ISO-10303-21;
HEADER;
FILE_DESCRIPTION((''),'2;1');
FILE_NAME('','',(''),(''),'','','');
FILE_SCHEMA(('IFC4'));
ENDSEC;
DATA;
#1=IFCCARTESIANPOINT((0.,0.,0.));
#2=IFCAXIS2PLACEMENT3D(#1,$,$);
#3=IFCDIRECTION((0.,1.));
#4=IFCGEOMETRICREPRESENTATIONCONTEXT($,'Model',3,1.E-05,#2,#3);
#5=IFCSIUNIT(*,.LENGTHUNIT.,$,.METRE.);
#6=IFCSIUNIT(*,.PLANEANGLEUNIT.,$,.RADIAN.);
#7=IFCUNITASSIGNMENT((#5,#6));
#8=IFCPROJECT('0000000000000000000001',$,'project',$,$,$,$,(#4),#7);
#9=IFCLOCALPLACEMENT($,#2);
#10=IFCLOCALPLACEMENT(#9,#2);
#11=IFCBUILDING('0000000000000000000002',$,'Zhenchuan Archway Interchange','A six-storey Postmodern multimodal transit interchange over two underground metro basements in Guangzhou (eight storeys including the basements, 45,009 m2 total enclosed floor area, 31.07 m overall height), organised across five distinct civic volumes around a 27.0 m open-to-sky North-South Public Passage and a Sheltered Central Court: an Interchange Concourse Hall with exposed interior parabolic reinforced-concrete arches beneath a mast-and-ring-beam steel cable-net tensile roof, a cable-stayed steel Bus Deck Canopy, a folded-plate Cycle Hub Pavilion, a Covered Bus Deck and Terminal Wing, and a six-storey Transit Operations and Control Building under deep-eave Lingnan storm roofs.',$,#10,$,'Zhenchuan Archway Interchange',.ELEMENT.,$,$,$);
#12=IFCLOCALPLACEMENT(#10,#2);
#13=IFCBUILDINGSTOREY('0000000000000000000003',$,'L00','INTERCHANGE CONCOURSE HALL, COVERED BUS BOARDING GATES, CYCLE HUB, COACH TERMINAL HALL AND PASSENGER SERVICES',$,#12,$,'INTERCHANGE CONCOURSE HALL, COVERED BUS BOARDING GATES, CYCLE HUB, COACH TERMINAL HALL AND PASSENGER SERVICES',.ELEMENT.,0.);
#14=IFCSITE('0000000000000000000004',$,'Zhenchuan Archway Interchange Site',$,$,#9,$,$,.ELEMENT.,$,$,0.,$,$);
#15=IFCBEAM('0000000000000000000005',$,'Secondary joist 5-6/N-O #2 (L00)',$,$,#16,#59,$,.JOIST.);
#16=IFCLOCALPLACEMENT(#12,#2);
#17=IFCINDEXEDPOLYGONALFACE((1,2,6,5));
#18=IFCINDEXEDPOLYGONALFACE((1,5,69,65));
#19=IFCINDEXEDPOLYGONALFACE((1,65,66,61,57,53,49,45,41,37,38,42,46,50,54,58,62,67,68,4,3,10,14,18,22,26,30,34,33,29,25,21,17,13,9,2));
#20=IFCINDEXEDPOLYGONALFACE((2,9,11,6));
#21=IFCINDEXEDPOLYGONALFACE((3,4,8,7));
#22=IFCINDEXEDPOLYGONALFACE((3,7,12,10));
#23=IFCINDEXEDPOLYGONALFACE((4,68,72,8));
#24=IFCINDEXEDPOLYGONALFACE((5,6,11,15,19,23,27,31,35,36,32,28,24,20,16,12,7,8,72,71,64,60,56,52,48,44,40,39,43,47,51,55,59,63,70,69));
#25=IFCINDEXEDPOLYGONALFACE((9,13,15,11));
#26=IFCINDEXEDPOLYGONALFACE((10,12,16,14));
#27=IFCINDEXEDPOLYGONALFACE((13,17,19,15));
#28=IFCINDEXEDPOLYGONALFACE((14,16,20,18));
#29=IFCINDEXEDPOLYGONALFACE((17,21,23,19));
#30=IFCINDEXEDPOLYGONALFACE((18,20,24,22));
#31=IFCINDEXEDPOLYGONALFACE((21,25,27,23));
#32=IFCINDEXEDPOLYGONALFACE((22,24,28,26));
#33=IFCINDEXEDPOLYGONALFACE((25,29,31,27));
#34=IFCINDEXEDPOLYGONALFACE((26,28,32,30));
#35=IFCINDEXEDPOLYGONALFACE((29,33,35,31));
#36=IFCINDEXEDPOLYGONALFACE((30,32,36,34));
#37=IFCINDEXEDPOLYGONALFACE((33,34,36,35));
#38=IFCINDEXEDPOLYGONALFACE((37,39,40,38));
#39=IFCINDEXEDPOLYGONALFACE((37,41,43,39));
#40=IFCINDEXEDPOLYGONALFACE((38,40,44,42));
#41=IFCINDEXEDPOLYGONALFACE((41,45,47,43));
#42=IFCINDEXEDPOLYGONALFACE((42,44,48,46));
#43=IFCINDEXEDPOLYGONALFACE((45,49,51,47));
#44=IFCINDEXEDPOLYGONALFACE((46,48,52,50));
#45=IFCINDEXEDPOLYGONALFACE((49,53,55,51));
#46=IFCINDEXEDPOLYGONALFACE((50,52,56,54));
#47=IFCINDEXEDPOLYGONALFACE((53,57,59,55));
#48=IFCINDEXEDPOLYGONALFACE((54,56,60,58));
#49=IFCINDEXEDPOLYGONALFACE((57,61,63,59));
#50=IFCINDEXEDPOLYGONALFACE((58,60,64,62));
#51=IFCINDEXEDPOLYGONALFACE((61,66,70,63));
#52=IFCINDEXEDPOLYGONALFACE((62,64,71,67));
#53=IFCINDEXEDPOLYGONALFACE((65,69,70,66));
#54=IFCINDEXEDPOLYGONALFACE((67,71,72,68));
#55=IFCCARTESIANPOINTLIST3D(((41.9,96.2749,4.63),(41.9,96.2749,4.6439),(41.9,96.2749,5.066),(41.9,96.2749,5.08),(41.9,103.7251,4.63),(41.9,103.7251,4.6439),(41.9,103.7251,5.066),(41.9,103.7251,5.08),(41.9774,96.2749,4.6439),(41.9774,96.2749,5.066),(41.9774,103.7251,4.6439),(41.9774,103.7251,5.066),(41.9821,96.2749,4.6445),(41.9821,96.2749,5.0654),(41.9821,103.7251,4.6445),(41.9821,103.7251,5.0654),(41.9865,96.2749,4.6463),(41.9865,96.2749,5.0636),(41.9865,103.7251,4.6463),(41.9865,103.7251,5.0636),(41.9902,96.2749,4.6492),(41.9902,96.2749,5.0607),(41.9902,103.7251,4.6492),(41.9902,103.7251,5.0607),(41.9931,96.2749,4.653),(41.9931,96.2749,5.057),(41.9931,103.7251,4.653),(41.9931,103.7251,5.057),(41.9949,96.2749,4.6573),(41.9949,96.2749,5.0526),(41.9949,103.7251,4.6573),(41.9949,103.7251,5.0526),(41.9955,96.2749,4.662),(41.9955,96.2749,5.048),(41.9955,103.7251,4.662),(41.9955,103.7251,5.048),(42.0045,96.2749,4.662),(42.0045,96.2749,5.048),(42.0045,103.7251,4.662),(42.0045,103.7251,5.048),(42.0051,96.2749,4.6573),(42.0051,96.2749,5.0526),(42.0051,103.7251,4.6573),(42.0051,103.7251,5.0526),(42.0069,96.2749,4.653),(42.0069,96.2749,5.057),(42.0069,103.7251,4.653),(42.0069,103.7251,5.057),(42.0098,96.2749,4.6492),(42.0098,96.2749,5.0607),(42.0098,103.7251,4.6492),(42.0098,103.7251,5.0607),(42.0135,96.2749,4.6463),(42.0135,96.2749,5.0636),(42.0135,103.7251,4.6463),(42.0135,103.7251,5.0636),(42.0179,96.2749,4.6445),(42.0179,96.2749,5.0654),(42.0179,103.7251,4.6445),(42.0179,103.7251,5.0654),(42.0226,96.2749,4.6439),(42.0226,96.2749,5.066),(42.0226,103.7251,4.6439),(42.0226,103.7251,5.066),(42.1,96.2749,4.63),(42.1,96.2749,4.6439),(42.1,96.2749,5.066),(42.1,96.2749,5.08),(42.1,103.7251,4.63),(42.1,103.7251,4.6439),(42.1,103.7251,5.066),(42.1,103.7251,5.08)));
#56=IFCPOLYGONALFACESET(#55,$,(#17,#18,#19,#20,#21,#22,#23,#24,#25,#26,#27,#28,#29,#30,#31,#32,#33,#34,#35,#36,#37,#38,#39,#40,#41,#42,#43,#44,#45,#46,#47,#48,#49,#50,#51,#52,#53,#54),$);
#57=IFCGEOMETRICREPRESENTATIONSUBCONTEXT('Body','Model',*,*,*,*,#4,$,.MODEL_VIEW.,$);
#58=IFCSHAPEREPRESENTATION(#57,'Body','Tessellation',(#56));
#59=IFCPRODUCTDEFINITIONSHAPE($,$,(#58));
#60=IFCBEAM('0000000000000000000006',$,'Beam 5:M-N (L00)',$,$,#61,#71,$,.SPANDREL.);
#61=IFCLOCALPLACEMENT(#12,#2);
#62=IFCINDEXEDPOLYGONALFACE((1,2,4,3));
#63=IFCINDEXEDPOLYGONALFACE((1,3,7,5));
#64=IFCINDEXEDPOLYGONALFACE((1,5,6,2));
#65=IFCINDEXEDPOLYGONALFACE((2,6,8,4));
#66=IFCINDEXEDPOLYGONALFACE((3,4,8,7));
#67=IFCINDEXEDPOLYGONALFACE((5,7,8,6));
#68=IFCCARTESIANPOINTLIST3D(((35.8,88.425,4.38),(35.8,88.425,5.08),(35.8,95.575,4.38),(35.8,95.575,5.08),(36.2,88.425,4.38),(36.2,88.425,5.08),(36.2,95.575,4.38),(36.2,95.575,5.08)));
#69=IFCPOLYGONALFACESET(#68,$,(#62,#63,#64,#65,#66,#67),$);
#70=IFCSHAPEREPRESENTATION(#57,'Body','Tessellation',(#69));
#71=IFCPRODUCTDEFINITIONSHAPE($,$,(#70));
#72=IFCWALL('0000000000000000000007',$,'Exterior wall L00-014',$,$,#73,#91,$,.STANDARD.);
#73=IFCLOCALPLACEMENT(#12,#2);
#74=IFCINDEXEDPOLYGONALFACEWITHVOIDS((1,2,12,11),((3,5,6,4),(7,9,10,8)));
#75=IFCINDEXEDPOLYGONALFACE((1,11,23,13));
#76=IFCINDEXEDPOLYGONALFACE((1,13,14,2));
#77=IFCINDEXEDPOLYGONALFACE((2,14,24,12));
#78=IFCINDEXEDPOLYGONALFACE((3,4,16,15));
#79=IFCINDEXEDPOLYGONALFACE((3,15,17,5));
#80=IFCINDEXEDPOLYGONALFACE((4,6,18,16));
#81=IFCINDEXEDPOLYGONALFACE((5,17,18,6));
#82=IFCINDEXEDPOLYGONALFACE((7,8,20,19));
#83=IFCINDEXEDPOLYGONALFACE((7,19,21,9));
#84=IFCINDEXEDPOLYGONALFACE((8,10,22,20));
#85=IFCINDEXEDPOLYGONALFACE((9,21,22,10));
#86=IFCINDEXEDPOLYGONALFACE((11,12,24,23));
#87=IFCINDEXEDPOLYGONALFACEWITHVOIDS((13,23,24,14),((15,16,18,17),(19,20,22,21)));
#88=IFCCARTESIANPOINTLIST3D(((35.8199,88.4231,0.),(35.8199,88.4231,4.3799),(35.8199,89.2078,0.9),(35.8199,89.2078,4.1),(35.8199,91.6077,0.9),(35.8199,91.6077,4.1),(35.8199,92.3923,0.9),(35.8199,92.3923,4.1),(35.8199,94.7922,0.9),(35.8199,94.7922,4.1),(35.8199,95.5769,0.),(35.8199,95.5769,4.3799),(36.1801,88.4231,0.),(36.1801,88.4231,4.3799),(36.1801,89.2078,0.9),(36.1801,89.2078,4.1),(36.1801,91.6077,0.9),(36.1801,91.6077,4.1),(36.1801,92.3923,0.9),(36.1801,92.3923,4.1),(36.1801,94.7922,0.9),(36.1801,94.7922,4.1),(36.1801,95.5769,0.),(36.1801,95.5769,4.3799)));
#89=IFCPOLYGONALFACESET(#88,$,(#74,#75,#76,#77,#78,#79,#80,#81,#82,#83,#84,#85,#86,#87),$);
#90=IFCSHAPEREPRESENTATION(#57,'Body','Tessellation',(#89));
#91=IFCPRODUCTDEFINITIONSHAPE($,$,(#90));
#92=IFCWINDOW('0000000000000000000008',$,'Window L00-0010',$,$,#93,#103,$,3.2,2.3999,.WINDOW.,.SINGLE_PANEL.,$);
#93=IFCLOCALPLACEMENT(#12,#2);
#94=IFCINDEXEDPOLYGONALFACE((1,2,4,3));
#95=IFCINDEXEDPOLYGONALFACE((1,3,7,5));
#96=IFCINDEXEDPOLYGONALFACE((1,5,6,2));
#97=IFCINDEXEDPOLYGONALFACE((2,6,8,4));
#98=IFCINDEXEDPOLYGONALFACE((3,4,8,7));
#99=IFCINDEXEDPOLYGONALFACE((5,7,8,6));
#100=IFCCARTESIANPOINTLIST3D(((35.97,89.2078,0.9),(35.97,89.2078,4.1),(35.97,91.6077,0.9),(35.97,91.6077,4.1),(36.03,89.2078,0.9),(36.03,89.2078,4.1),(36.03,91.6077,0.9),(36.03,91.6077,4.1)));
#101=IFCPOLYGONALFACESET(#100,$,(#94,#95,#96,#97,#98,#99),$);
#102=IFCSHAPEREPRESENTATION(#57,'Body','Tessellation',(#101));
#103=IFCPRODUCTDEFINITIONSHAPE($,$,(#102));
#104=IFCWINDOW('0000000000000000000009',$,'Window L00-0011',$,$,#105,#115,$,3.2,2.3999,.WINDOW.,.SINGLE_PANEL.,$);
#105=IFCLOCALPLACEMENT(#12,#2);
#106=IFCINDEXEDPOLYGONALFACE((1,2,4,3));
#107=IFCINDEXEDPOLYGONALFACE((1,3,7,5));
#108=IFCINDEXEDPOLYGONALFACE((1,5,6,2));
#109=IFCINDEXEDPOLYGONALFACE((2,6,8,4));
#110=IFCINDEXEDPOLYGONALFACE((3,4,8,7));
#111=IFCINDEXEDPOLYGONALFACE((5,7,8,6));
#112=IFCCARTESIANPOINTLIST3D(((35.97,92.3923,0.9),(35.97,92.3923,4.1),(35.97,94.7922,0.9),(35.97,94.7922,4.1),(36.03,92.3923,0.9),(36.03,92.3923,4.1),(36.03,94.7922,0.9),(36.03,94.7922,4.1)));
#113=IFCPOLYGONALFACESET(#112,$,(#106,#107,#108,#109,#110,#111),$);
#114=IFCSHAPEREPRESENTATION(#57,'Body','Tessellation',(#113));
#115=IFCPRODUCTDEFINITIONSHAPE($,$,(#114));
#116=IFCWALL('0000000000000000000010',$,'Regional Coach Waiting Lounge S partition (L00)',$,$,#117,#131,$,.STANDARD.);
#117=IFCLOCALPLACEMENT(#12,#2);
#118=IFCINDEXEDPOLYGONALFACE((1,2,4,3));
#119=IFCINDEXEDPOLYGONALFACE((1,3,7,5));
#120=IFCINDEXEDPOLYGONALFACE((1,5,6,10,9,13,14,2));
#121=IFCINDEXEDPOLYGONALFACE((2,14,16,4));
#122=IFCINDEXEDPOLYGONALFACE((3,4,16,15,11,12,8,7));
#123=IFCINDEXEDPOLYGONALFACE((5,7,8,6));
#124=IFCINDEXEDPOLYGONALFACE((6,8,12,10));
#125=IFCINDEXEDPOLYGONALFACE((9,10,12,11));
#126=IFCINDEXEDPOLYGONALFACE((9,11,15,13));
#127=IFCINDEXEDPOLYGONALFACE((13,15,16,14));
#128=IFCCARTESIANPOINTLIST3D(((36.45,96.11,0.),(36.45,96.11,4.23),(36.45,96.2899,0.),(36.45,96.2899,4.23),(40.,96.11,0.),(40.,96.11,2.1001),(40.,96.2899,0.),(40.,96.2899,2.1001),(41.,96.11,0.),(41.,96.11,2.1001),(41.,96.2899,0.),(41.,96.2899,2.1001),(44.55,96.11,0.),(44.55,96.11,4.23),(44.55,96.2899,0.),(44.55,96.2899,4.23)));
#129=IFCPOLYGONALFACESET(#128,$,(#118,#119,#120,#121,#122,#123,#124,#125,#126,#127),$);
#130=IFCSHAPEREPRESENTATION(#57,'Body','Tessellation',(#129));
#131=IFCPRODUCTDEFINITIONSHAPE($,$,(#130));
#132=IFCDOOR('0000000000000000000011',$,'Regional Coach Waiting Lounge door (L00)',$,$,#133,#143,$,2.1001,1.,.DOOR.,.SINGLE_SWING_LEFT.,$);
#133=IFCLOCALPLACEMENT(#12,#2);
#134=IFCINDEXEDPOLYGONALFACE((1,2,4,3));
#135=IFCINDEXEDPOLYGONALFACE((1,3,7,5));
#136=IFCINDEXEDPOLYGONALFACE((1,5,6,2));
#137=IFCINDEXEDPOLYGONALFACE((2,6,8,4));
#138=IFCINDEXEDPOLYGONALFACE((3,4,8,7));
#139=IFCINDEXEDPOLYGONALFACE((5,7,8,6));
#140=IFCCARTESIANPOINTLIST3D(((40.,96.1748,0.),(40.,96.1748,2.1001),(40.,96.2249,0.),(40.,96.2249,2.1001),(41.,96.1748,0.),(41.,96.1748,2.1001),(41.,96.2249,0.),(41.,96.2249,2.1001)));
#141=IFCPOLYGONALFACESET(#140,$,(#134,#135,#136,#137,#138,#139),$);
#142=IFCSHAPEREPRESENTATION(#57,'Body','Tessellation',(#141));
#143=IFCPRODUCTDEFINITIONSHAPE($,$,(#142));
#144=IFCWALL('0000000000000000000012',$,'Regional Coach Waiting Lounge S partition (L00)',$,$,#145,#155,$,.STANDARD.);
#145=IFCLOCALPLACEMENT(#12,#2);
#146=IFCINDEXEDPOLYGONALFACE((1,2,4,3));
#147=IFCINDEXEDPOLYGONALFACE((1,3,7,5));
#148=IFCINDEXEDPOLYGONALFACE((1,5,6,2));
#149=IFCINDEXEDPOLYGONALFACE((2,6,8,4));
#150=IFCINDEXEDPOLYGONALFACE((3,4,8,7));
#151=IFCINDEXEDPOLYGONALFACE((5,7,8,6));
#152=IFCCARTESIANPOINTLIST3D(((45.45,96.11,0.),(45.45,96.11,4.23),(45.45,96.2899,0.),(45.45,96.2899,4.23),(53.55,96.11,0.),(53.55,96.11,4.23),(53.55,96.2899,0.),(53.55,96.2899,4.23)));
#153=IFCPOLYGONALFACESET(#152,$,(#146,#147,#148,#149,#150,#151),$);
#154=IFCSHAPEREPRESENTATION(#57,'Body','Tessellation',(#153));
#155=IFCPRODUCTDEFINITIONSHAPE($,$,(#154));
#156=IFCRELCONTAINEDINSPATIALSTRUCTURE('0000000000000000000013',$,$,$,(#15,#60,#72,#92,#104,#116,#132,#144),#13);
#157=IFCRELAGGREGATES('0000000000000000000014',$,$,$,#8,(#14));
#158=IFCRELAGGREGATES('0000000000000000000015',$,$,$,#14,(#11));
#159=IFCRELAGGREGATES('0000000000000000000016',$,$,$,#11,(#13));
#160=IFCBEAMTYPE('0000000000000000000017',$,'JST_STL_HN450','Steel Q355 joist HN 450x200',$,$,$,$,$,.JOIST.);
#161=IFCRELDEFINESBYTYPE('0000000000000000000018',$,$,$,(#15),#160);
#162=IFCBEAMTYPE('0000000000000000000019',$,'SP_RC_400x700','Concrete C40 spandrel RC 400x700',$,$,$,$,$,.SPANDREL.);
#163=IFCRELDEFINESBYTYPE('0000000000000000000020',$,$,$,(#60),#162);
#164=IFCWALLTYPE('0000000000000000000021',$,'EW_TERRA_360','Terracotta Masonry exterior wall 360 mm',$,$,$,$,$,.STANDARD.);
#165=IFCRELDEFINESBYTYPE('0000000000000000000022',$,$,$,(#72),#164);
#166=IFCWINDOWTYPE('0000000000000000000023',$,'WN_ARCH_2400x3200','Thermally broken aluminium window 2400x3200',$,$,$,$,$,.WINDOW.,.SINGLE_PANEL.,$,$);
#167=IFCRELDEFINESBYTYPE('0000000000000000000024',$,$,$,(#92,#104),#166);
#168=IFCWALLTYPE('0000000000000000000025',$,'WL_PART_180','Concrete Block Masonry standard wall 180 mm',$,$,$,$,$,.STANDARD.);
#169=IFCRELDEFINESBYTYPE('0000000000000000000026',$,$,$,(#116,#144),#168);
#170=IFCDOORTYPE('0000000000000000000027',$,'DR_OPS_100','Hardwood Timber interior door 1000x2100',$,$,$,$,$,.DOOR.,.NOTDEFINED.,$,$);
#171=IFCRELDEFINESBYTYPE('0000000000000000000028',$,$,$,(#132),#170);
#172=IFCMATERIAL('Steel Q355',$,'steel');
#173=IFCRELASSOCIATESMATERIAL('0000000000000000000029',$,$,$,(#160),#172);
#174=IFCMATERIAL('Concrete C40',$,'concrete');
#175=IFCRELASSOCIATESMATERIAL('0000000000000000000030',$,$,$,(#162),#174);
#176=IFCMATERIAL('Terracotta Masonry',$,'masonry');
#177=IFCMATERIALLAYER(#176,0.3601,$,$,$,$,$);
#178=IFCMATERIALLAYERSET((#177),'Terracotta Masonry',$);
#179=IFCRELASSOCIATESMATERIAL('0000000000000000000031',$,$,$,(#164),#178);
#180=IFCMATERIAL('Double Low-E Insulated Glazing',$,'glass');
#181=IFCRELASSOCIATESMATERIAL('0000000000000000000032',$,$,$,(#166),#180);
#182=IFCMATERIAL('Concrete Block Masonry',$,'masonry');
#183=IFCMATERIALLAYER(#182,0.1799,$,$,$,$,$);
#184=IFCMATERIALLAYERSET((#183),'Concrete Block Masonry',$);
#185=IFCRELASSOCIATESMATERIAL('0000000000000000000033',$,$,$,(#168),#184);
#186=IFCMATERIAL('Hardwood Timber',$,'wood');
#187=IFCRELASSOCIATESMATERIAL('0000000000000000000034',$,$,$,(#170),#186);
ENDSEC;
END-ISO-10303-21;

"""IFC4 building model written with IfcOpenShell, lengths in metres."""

from ifc_helpers import new_model, si_unit, direction, frame, frame_2d, origin, origin_2d, place, context, subcontext, project, spatial, rectangle, i_section, extrude, material, layer, layer_set, material_profile, profile_set, type_object, element, fill, save


model = new_model("IFC4")

# Units and contexts
model_context = context("Model", 3, precision=1e-05, world=origin(), true_north=direction((0.0, 1.0)))
body_context = subcontext(model_context, "Body", "Model", "MODEL_VIEW")
ifc_project = project(units=[si_unit("LENGTHUNIT", "METRE"), si_unit("PLANEANGLEUNIT", "RADIAN")], contexts=[model_context])

# Site, building, storey
site_placement = place(None, origin())
site = spatial("IfcSite", under=ifc_project, at=site_placement, Name="Zhenchuan Archway Interchange Site", CompositionType="ELEMENT", RefElevation=0.0)
building_placement = place(site_placement, origin())
building = spatial("IfcBuilding", under=site, at=building_placement, Name="Zhenchuan Archway Interchange", Description="A six-storey Postmodern multimodal transit interchange over two underground metro basements in Guangzhou (eight storeys including the basements, 45,009 m2 total enclosed floor area, 31.07 m overall height), organised across five distinct civic volumes around a 27.0 m open-to-sky North-South Public Passage and a Sheltered Central Court: an Interchange Concourse Hall with exposed interior parabolic reinforced-concrete arches beneath a mast-and-ring-beam steel cable-net tensile roof, a cable-stayed steel Bus Deck Canopy, a folded-plate Cycle Hub Pavilion, a Covered Bus Deck and Terminal Wing, and a six-storey Transit Operations and Control Building under deep-eave Lingnan storm roofs.", LongName="Zhenchuan Archway Interchange", CompositionType="ELEMENT")
storey_placement = place(building_placement, origin())
storey = spatial("IfcBuildingStorey", under=building, at=storey_placement, Name="L00", Description="INTERCHANGE CONCOURSE HALL, COVERED BUS BOARDING GATES, CYCLE HUB, COACH TERMINAL HALL AND PASSENGER SERVICES", LongName="INTERCHANGE CONCOURSE HALL, COVERED BUS BOARDING GATES, CYCLE HUB, COACH TERMINAL HALL AND PASSENGER SERVICES", CompositionType="ELEMENT", Elevation=0.0)

# Shared definitions
ifc_material_1 = material(Name="Concrete C40", Category="concrete")

# Beams
ifc_material_2 = material(Name="Steel Q355", Category="steel")
ifc_material_profile_1 = material_profile(ifc_material_2, i_section(OverallWidth=0.2, OverallDepth=0.45, WebThickness=0.009, FlangeThickness=0.0139, FilletRadius=0.0181, at=origin_2d()), Name="HN 450x200")
ifc_profile_set_1 = profile_set([ifc_material_profile_1], Name="Steel Q355")
beam_type_1 = type_object("IfcBeamType", Name="JST_STL_HN450", Description="Steel Q355 joist HN 450x200", PredefinedType="JOIST", material=ifc_profile_set_1)
for number, where, z_axis, x_axis, name in (
    (1, (42.0, 96.2749, 4.855), (0.0, 1.0, 0.0), (-1.0, 0.0, 0.0), "Secondary joist 5-6/N-O #2 (L00)"),
):
    element("IfcBeam", number, at=place(storey_placement, frame(where, z_axis=z_axis, x_axis=x_axis)), inside=storey, type_object=beam_type_1, Name=name, PredefinedType="JOIST", context=body_context, shape_type="SweptSolid", body=[
        extrude(i_section(OverallWidth=0.2, OverallDepth=0.45, WebThickness=0.009, FlangeThickness=0.0139, FilletRadius=0.0181, at=origin_2d()), origin(), (0.0, 0.0, 1.0), 7.4502),
    ])
ifc_material_profile_2 = material_profile(ifc_material_1, rectangle(XDim=0.3999, YDim=0.7, at=origin_2d()), Name="RC 400x700")
ifc_profile_set_2 = profile_set([ifc_material_profile_2], Name="Concrete C40")
beam_type_2 = type_object("IfcBeamType", Name="SP_RC_400x700", Description="Concrete C40 spandrel RC 400x700", PredefinedType="SPANDREL", material=ifc_profile_set_2)
beam_placement = place(storey_placement, frame((36.0, 88.425, 4.73), z_axis=(0.0, 1.0, 0.0), x_axis=(-1.0, 0.0, 0.0)))
element("IfcBeam", 2, at=beam_placement, inside=storey, type_object=beam_type_2, Name="Beam 5:M-N (L00)", PredefinedType="SPANDREL", context=body_context, shape_type="SweptSolid", body=[
    extrude(rectangle(XDim=0.3999, YDim=0.7, at=origin_2d()), origin(), (0.0, 0.0, 1.0), 7.1499),
])

# Wall, openings, windows
ifc_material_3 = material(Name="Terracotta Masonry", Category="masonry")
ifc_layer_1 = layer(ifc_material_3, 0.3601)
ifc_layer_set_1 = layer_set([ifc_layer_1], Name="Terracotta Masonry")
wall_type_1 = type_object("IfcWallType", Name="EW_TERRA_360", Description="Terracotta Masonry exterior wall 360 mm", PredefinedType="STANDARD", material=ifc_layer_set_1)
wall_1_placement = place(storey_placement, frame((36.0, 88.4231, 0.0), z_axis=(0.0, 0.0, 1.0), x_axis=(0.0, 1.0, 0.0)))
wall_1 = element("IfcWall", 3, at=wall_1_placement, inside=storey, type_object=wall_type_1, Name="Exterior wall L00-014", PredefinedType="STANDARD", context=body_context, shape_type="SweptSolid", body=[
    extrude(rectangle(XDim=7.1538, YDim=0.3601, at=frame_2d((3.5769, 0.0))), origin(), (0.0, 0.0, 1.0), 4.3799),
])
opening_1_placement = place(wall_1_placement, frame((0.7847, 0.0, 0.8999)))
opening_1 = element("IfcOpeningElement", 4, at=opening_1_placement, cuts=wall_1, PredefinedType="OPENING", context=body_context, shape_type="SweptSolid", body=[
    extrude(rectangle(XDim=2.3999, YDim=3.2, at=frame_2d((1.2, 1.6001))), frame((0.0, 0.1919, 0.0), z_axis=(0.0, -1.0, 0.0), x_axis=(1.0, 0.0, 0.0)), (0.0, 0.0, 1.0), 0.384),
])
opening_2_placement = place(wall_1_placement, frame((3.9692, 0.0, 0.8999)))
opening_2 = element("IfcOpeningElement", 5, at=opening_2_placement, cuts=wall_1, PredefinedType="OPENING", context=body_context, shape_type="SweptSolid", body=[
    extrude(rectangle(XDim=2.3999, YDim=3.2, at=frame_2d((1.2, 1.6001))), frame((0.0, 0.1919, 0.0), z_axis=(0.0, -1.0, 0.0), x_axis=(1.0, 0.0, 0.0)), (0.0, 0.0, 1.0), 0.384),
])
ifc_material_4 = material(Name="Double Low-E Insulated Glazing", Category="glass")
window_type = type_object("IfcWindowType", Name="WN_ARCH_2400x3200", Description="Thermally broken aluminium window 2400x3200", PartitioningType="SINGLE_PANEL", PredefinedType="WINDOW", material=ifc_material_4)
window_1_placement = place(opening_1_placement, origin())
window_1 = element("IfcWindow", 6, at=window_1_placement, inside=storey, type_object=window_type, Name="Window L00-0010", OverallHeight=3.2, OverallWidth=2.3999, PartitioningType="SINGLE_PANEL", PredefinedType="WINDOW", context=body_context, shape_type="SweptSolid", body=[
    extrude(rectangle(XDim=2.3999, YDim=3.2, at=frame_2d((1.2, 1.6001))), frame((0.0, 0.03, 0.0), z_axis=(0.0, -1.0, 0.0), x_axis=(1.0, 0.0, 0.0)), (0.0, 0.0, 1.0), 0.0601),
])
fill(opening_1, window_1)
window_2_placement = place(opening_2_placement, origin())
window_2 = element("IfcWindow", 7, at=window_2_placement, inside=storey, type_object=window_type, Name="Window L00-0011", OverallHeight=3.2, OverallWidth=2.3999, PartitioningType="SINGLE_PANEL", PredefinedType="WINDOW", context=body_context, shape_type="SweptSolid", body=[
    extrude(rectangle(XDim=2.3999, YDim=3.2, at=frame_2d((1.2, 1.6001))), frame((0.0, 0.03, 0.0), z_axis=(0.0, -1.0, 0.0), x_axis=(1.0, 0.0, 0.0)), (0.0, 0.0, 1.0), 0.0601),
])
fill(opening_2, window_2)

# Wall, opening, door
ifc_material_5 = material(Name="Concrete Block Masonry", Category="masonry")
ifc_layer_2 = layer(ifc_material_5, 0.1799)
ifc_layer_set_2 = layer_set([ifc_layer_2], Name="Concrete Block Masonry")
wall_type_2 = type_object("IfcWallType", Name="WL_PART_180", Description="Concrete Block Masonry standard wall 180 mm", PredefinedType="STANDARD", material=ifc_layer_set_2)
wall_2_placement = place(storey_placement, frame((36.45, 96.2, 0.0), z_axis=(0.0, 0.0, 1.0), x_axis=(1.0, 0.0, 0.0)))
wall_2 = element("IfcWall", 8, at=wall_2_placement, inside=storey, type_object=wall_type_2, Name="Regional Coach Waiting Lounge S partition (L00)", PredefinedType="STANDARD", context=body_context, shape_type="SweptSolid", body=[
    extrude(rectangle(XDim=8.1001, YDim=0.1799, at=frame_2d((4.05, 0.0))), origin(), (0.0, 0.0, 1.0), 4.23),
])
opening_3_placement = place(wall_2_placement, frame((3.55, 0.0, 0.0)))
opening_3 = element("IfcOpeningElement", 9, at=opening_3_placement, cuts=wall_2, PredefinedType="OPENING", context=body_context, shape_type="SweptSolid", body=[
    extrude(rectangle(XDim=1.0, YDim=2.1001, at=frame_2d((0.5, 1.05))), frame((0.0, 0.1021, 0.0), z_axis=(0.0, -1.0, 0.0), x_axis=(1.0, 0.0, 0.0)), (0.0, 0.0, 1.0), 0.2039),
])
ifc_material_6 = material(Name="Hardwood Timber", Category="wood")
door_type = type_object("IfcDoorType", Name="DR_OPS_100", Description="Hardwood Timber interior door 1000x2100", OperationType="NOTDEFINED", PredefinedType="DOOR", material=ifc_material_6)
door_placement = place(opening_3_placement, origin())
door = element("IfcDoor", 10, at=door_placement, inside=storey, type_object=door_type, Name="Regional Coach Waiting Lounge door (L00)", OperationType="SINGLE_SWING_LEFT", OverallHeight=2.1001, OverallWidth=1.0, PredefinedType="DOOR", context=body_context, shape_type="SweptSolid", body=[
    extrude(rectangle(XDim=1.0, YDim=2.1001, at=frame_2d((0.5, 1.05))), frame((0.0, 0.0249, 0.0), z_axis=(0.0, -1.0, 0.0), x_axis=(1.0, 0.0, 0.0)), (0.0, 0.0, 1.0), 0.05),
])
fill(opening_3, door)

# Wall
wall_3_placement = place(storey_placement, frame((45.45, 96.2, 0.0), z_axis=(0.0, 0.0, 1.0), x_axis=(1.0, 0.0, 0.0)))
element("IfcWall", 11, at=wall_3_placement, inside=storey, type_object=wall_type_2, Name="Regional Coach Waiting Lounge S partition (L00)", PredefinedType="STANDARD", context=body_context, shape_type="SweptSolid", body=[
    extrude(rectangle(XDim=8.1001, YDim=0.1799, at=frame_2d((4.05, 0.0))), origin(), (0.0, 0.0, 1.0), 4.23),
])

save(model, "model.ifc")
